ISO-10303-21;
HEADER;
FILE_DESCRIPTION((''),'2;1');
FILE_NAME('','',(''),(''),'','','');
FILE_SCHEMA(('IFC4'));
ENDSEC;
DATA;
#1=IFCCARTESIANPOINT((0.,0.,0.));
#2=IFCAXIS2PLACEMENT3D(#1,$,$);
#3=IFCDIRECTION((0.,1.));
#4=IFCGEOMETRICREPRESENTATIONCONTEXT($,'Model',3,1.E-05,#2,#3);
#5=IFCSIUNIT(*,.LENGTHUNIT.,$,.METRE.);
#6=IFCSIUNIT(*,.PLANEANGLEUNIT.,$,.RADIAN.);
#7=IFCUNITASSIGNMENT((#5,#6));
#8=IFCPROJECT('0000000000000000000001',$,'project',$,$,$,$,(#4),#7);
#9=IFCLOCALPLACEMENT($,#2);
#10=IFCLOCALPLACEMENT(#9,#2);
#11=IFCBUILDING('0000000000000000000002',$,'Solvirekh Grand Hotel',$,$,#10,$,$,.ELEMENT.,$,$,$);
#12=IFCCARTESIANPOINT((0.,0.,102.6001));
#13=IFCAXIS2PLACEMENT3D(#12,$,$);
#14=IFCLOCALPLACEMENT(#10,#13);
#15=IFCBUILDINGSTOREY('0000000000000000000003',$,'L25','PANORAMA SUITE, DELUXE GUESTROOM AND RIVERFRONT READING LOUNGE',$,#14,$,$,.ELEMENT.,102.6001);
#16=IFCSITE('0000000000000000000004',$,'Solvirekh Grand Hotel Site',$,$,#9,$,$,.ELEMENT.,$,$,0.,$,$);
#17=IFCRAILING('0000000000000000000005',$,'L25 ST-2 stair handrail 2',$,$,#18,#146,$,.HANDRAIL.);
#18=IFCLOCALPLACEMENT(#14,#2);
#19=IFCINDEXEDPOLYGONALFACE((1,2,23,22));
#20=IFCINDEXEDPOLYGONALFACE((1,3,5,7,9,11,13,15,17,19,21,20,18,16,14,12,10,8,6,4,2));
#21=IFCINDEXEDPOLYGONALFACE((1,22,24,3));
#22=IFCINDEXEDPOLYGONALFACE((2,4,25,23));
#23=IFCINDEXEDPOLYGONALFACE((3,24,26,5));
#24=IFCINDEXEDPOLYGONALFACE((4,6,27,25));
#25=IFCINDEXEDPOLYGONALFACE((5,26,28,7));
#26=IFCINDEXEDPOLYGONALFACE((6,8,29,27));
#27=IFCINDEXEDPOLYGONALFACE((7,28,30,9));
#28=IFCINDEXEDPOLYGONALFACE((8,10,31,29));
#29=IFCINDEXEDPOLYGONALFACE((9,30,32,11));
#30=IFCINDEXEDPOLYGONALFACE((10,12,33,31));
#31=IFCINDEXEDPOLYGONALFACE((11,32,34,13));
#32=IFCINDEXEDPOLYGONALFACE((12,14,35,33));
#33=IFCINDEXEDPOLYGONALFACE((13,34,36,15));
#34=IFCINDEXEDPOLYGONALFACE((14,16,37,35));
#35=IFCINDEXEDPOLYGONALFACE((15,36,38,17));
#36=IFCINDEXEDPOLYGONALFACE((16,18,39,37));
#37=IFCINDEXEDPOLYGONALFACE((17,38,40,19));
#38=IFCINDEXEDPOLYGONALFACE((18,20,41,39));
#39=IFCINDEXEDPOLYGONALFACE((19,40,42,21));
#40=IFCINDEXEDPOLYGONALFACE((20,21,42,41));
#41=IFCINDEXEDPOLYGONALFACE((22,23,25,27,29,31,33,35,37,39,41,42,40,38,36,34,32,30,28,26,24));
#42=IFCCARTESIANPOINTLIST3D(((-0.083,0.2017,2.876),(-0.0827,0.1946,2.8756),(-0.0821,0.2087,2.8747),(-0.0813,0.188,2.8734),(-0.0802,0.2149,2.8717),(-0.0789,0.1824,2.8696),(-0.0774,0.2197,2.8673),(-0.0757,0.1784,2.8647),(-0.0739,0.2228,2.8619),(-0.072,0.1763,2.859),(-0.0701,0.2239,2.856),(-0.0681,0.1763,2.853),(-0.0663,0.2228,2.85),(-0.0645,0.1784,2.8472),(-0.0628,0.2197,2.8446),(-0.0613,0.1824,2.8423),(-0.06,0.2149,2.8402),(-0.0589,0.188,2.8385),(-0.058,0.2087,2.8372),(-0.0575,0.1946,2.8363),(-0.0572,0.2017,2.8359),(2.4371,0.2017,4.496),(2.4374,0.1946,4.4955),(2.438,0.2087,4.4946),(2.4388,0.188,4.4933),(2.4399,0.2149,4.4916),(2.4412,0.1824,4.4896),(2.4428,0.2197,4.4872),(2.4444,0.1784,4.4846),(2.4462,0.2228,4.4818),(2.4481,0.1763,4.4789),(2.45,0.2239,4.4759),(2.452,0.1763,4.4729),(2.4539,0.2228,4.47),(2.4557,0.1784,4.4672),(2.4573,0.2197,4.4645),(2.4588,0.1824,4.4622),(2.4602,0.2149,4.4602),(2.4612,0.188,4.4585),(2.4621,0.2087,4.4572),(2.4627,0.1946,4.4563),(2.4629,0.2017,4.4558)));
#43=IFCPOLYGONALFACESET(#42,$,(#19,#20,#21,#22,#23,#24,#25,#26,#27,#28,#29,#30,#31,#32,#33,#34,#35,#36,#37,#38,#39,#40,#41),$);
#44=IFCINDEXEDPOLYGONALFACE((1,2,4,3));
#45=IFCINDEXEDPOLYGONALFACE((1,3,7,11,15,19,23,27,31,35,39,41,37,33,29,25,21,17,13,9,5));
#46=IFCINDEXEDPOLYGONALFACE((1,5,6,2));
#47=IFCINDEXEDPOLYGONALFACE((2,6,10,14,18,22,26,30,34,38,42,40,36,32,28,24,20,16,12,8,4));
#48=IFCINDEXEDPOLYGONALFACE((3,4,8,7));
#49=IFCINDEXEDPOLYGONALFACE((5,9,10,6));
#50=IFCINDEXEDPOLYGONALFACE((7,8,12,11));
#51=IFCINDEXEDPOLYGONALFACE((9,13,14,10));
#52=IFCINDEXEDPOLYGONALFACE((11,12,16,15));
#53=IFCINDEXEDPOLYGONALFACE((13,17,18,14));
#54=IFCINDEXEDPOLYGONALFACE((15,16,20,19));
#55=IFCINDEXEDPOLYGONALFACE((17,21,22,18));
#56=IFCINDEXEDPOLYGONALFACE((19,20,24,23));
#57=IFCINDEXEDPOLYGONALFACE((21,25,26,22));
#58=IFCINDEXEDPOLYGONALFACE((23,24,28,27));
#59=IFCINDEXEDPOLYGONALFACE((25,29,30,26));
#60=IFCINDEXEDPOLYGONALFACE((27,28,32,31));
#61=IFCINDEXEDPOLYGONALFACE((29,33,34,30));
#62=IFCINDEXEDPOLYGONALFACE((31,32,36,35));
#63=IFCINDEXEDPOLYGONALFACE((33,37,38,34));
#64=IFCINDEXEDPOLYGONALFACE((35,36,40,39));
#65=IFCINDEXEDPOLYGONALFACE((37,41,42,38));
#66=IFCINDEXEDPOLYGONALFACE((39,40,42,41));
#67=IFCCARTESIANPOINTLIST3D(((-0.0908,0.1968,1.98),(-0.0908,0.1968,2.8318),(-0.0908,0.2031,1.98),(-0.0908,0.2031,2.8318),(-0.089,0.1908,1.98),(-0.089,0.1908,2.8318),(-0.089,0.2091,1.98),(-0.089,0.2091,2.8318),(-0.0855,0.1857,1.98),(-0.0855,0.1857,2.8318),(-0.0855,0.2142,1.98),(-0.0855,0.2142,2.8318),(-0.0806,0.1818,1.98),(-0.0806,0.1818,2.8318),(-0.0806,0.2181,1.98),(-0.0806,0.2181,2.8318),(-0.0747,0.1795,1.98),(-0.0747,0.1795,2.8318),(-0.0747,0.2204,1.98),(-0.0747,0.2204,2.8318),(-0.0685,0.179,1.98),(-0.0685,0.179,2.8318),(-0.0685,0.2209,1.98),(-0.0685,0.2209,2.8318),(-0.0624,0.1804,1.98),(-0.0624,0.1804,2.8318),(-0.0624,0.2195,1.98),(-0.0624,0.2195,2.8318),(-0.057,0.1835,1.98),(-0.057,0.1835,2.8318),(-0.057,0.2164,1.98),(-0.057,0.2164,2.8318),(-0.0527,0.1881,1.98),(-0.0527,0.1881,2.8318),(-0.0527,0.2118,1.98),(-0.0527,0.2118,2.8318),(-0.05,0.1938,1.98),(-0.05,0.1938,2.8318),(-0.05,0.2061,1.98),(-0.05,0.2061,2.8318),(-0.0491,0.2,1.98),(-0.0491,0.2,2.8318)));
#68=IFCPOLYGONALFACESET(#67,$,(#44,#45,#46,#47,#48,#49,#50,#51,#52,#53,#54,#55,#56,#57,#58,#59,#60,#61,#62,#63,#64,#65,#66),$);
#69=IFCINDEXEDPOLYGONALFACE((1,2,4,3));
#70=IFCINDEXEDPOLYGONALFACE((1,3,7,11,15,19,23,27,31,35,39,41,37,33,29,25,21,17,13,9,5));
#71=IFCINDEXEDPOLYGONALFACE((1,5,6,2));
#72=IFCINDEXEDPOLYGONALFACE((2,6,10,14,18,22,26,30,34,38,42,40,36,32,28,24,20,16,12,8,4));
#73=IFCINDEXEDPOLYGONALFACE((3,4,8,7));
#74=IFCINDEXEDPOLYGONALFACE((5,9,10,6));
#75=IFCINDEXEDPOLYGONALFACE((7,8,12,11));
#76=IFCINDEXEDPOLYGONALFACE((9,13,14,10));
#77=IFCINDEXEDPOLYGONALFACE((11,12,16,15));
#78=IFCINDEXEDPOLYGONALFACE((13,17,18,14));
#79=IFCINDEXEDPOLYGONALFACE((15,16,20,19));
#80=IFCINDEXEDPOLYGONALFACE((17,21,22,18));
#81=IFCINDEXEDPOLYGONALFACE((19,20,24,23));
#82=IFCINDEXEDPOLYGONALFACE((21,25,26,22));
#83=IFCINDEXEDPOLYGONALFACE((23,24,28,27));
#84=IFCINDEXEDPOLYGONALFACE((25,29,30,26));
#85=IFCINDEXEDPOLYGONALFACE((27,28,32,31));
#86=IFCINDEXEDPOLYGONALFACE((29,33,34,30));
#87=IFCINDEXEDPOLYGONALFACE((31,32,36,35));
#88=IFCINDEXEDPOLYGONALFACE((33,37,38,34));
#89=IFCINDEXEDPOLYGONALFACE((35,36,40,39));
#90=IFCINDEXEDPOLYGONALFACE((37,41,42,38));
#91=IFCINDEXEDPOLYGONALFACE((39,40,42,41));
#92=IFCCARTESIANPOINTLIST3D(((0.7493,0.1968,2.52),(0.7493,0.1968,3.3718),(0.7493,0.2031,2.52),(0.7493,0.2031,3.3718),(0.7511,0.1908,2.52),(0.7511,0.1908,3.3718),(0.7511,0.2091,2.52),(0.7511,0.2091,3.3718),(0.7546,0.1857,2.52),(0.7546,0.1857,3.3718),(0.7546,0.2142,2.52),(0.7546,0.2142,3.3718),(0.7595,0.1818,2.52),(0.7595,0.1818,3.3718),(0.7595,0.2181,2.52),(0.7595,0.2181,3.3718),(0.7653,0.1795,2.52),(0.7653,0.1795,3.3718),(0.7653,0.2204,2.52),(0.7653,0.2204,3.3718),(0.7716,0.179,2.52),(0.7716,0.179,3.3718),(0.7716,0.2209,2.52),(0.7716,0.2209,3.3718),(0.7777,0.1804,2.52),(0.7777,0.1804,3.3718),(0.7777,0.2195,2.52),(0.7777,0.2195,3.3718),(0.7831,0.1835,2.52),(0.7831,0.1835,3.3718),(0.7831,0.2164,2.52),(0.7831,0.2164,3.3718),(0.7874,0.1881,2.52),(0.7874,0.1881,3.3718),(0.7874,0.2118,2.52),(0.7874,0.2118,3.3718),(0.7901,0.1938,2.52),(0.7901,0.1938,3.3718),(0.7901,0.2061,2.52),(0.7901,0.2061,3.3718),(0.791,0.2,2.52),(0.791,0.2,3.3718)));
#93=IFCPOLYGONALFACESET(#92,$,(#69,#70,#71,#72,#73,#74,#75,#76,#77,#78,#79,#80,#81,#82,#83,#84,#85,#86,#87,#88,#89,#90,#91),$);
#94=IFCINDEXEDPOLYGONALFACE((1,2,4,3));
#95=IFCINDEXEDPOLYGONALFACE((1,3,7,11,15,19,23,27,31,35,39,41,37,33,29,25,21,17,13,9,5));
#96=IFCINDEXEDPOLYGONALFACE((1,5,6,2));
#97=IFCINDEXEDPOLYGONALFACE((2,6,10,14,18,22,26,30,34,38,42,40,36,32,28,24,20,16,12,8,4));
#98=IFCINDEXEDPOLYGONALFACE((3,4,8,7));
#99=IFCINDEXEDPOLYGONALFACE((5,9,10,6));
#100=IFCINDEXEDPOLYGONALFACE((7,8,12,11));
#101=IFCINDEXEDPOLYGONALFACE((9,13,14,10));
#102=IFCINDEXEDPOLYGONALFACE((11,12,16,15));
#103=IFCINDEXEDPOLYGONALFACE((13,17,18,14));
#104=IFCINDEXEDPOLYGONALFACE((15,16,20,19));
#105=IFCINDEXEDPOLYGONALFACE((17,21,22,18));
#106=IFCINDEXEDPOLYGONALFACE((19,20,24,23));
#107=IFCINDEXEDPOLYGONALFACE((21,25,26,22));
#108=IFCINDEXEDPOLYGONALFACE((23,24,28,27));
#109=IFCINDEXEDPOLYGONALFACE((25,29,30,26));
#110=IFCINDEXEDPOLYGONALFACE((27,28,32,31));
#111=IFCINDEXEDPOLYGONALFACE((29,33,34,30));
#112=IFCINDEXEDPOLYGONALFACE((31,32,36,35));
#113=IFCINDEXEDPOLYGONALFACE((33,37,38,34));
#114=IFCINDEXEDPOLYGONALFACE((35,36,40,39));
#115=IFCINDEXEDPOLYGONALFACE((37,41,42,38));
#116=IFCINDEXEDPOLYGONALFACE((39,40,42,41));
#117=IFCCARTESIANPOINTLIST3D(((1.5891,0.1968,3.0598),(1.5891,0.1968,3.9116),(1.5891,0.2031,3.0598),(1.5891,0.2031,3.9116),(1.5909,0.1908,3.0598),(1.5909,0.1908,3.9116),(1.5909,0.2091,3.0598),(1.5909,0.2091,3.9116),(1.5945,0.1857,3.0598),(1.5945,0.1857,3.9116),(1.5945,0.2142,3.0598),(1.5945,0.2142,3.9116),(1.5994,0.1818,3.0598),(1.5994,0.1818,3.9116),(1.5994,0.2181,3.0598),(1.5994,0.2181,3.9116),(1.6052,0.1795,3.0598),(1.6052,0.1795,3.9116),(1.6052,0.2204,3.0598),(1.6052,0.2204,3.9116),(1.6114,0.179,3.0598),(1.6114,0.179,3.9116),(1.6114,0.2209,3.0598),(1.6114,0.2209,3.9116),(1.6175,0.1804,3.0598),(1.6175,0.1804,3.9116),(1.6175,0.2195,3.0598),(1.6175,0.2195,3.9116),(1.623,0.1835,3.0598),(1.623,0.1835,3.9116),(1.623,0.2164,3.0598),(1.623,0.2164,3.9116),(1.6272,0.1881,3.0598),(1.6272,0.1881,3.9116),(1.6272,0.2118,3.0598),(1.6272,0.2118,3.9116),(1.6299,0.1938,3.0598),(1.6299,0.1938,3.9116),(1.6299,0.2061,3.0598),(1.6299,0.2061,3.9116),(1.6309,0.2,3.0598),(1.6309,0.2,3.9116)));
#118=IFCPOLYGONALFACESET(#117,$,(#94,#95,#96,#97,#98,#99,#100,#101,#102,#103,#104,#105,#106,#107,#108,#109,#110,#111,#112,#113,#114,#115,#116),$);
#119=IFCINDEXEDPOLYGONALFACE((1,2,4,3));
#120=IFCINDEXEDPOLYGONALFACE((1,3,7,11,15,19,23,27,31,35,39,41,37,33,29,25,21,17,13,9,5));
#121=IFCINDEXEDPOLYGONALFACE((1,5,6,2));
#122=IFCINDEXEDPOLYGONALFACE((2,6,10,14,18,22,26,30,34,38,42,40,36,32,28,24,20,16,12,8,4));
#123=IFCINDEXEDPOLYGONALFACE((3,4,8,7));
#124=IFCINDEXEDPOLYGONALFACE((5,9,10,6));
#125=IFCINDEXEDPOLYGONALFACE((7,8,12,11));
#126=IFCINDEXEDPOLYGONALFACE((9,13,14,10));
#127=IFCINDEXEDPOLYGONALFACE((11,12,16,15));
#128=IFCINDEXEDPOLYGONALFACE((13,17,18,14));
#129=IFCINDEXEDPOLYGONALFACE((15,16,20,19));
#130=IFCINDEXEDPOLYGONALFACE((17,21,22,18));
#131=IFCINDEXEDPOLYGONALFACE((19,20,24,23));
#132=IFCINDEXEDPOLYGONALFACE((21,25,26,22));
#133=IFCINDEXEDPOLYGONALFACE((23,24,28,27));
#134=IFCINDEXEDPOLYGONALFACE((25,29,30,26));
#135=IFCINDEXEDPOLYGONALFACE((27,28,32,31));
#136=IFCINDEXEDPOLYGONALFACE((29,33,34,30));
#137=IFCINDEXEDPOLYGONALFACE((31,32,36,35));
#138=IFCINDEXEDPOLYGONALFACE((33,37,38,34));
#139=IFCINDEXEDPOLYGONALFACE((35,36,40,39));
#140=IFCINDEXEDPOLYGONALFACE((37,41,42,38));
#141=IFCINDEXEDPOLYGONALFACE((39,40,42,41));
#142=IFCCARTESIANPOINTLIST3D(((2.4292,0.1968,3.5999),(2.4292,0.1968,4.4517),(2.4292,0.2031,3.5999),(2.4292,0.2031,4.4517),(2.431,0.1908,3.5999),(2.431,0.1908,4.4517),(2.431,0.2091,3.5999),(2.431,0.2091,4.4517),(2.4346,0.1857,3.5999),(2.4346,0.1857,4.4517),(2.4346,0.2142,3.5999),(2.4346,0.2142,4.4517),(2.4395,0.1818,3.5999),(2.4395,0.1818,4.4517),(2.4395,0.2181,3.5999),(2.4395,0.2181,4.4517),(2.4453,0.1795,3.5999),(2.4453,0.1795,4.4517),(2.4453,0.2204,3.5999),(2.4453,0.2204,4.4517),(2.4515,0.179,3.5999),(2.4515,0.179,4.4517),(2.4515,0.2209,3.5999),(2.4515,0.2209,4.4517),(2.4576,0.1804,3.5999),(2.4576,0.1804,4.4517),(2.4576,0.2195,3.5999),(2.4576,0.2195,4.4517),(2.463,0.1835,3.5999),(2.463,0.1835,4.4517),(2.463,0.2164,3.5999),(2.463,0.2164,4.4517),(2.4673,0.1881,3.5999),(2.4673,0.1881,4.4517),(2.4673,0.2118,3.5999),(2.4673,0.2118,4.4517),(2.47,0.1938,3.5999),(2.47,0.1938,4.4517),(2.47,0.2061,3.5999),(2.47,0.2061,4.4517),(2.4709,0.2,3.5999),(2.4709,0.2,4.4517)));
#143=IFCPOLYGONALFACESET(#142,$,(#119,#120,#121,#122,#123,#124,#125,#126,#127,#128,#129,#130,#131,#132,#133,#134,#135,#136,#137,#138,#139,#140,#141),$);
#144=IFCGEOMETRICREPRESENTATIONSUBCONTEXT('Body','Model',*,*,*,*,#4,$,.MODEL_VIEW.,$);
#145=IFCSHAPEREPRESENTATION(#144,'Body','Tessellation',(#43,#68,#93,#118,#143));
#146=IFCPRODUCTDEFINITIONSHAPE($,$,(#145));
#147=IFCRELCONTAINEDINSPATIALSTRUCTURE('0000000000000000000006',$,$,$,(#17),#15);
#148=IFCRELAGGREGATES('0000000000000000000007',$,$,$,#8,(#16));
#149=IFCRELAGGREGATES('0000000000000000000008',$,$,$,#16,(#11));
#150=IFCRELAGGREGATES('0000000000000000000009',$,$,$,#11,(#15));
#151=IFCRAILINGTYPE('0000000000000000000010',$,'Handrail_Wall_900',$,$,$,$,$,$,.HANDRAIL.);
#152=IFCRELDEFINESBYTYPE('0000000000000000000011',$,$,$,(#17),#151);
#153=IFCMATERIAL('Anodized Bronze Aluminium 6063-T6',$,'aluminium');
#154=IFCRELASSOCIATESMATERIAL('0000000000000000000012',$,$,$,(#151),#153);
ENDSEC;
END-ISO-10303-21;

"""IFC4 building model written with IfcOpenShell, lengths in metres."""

from ifc_helpers import new_model, si_unit, direction, frame, origin, origin_2d, place, context, subcontext, project, spatial, circle, extrude, material, type_object, element, save


model = new_model("IFC4")

# Units and contexts
model_context = context("Model", 3, precision=1e-05, world=origin(), true_north=direction((0.0, 1.0)))
body_context = subcontext(model_context, "Body", "Model", "MODEL_VIEW")
ifc_project = project(units=[si_unit("LENGTHUNIT", "METRE"), si_unit("PLANEANGLEUNIT", "RADIAN")], contexts=[model_context])

# Site, building, storey
site_placement = place(None, origin())
site = spatial("IfcSite", under=ifc_project, at=site_placement, Name="Solvirekh Grand Hotel Site", CompositionType="ELEMENT", RefElevation=0.0)
building_placement = place(site_placement, origin())
building = spatial("IfcBuilding", under=site, at=building_placement, Name="Solvirekh Grand Hotel", CompositionType="ELEMENT")
storey_placement = place(building_placement, frame((0.0, 0.0, 102.6001)))
storey = spatial("IfcBuildingStorey", under=building, at=storey_placement, Name="L25", Description="PANORAMA SUITE, DELUXE GUESTROOM AND RIVERFRONT READING LOUNGE", CompositionType="ELEMENT", Elevation=102.6001)

# Shared definitions
ifc_material_1 = material(Name="Anodized Bronze Aluminium 6063-T6", Category="aluminium")

# Railing
railing_type_1 = type_object("IfcRailingType", Name="Handrail_Wall_900", PredefinedType="HANDRAIL", material=ifc_material_1)
railing_1_placement = place(storey_placement, frame((-0.0701, 0.2, 1.98)))
element("IfcRailing", 1, at=railing_1_placement, inside=storey, type_object=railing_type_1, Name="L25 ST-2 stair handrail 2", PredefinedType="HANDRAIL", context=body_context, shape_type="SweptSolid", body=[
    extrude(circle(Radius=0.0239, at=origin_2d()), frame((0.0, 0.0, 0.876), z_axis=(0.8412, 0.0, 0.540725), x_axis=(0.0, 1.0, 0.0)), (0.0, 0.0, 1.0), 2.9958),
    extrude(circle(Radius=0.021, at=origin_2d()), origin(), (0.0, 0.0, 1.0), 0.8518),
    extrude(circle(Radius=0.021, at=origin_2d()), frame((0.8401, 0.0, 0.54)), (0.0, 0.0, 1.0), 0.8518),
    extrude(circle(Radius=0.021, at=origin_2d()), frame((1.6799, 0.0, 1.0798)), (0.0, 0.0, 1.0), 0.8518),
    extrude(circle(Radius=0.021, at=origin_2d()), frame((2.52, 0.0, 1.6199)), (0.0, 0.0, 1.0), 0.8518),
])

save(model, "model.ifc")
